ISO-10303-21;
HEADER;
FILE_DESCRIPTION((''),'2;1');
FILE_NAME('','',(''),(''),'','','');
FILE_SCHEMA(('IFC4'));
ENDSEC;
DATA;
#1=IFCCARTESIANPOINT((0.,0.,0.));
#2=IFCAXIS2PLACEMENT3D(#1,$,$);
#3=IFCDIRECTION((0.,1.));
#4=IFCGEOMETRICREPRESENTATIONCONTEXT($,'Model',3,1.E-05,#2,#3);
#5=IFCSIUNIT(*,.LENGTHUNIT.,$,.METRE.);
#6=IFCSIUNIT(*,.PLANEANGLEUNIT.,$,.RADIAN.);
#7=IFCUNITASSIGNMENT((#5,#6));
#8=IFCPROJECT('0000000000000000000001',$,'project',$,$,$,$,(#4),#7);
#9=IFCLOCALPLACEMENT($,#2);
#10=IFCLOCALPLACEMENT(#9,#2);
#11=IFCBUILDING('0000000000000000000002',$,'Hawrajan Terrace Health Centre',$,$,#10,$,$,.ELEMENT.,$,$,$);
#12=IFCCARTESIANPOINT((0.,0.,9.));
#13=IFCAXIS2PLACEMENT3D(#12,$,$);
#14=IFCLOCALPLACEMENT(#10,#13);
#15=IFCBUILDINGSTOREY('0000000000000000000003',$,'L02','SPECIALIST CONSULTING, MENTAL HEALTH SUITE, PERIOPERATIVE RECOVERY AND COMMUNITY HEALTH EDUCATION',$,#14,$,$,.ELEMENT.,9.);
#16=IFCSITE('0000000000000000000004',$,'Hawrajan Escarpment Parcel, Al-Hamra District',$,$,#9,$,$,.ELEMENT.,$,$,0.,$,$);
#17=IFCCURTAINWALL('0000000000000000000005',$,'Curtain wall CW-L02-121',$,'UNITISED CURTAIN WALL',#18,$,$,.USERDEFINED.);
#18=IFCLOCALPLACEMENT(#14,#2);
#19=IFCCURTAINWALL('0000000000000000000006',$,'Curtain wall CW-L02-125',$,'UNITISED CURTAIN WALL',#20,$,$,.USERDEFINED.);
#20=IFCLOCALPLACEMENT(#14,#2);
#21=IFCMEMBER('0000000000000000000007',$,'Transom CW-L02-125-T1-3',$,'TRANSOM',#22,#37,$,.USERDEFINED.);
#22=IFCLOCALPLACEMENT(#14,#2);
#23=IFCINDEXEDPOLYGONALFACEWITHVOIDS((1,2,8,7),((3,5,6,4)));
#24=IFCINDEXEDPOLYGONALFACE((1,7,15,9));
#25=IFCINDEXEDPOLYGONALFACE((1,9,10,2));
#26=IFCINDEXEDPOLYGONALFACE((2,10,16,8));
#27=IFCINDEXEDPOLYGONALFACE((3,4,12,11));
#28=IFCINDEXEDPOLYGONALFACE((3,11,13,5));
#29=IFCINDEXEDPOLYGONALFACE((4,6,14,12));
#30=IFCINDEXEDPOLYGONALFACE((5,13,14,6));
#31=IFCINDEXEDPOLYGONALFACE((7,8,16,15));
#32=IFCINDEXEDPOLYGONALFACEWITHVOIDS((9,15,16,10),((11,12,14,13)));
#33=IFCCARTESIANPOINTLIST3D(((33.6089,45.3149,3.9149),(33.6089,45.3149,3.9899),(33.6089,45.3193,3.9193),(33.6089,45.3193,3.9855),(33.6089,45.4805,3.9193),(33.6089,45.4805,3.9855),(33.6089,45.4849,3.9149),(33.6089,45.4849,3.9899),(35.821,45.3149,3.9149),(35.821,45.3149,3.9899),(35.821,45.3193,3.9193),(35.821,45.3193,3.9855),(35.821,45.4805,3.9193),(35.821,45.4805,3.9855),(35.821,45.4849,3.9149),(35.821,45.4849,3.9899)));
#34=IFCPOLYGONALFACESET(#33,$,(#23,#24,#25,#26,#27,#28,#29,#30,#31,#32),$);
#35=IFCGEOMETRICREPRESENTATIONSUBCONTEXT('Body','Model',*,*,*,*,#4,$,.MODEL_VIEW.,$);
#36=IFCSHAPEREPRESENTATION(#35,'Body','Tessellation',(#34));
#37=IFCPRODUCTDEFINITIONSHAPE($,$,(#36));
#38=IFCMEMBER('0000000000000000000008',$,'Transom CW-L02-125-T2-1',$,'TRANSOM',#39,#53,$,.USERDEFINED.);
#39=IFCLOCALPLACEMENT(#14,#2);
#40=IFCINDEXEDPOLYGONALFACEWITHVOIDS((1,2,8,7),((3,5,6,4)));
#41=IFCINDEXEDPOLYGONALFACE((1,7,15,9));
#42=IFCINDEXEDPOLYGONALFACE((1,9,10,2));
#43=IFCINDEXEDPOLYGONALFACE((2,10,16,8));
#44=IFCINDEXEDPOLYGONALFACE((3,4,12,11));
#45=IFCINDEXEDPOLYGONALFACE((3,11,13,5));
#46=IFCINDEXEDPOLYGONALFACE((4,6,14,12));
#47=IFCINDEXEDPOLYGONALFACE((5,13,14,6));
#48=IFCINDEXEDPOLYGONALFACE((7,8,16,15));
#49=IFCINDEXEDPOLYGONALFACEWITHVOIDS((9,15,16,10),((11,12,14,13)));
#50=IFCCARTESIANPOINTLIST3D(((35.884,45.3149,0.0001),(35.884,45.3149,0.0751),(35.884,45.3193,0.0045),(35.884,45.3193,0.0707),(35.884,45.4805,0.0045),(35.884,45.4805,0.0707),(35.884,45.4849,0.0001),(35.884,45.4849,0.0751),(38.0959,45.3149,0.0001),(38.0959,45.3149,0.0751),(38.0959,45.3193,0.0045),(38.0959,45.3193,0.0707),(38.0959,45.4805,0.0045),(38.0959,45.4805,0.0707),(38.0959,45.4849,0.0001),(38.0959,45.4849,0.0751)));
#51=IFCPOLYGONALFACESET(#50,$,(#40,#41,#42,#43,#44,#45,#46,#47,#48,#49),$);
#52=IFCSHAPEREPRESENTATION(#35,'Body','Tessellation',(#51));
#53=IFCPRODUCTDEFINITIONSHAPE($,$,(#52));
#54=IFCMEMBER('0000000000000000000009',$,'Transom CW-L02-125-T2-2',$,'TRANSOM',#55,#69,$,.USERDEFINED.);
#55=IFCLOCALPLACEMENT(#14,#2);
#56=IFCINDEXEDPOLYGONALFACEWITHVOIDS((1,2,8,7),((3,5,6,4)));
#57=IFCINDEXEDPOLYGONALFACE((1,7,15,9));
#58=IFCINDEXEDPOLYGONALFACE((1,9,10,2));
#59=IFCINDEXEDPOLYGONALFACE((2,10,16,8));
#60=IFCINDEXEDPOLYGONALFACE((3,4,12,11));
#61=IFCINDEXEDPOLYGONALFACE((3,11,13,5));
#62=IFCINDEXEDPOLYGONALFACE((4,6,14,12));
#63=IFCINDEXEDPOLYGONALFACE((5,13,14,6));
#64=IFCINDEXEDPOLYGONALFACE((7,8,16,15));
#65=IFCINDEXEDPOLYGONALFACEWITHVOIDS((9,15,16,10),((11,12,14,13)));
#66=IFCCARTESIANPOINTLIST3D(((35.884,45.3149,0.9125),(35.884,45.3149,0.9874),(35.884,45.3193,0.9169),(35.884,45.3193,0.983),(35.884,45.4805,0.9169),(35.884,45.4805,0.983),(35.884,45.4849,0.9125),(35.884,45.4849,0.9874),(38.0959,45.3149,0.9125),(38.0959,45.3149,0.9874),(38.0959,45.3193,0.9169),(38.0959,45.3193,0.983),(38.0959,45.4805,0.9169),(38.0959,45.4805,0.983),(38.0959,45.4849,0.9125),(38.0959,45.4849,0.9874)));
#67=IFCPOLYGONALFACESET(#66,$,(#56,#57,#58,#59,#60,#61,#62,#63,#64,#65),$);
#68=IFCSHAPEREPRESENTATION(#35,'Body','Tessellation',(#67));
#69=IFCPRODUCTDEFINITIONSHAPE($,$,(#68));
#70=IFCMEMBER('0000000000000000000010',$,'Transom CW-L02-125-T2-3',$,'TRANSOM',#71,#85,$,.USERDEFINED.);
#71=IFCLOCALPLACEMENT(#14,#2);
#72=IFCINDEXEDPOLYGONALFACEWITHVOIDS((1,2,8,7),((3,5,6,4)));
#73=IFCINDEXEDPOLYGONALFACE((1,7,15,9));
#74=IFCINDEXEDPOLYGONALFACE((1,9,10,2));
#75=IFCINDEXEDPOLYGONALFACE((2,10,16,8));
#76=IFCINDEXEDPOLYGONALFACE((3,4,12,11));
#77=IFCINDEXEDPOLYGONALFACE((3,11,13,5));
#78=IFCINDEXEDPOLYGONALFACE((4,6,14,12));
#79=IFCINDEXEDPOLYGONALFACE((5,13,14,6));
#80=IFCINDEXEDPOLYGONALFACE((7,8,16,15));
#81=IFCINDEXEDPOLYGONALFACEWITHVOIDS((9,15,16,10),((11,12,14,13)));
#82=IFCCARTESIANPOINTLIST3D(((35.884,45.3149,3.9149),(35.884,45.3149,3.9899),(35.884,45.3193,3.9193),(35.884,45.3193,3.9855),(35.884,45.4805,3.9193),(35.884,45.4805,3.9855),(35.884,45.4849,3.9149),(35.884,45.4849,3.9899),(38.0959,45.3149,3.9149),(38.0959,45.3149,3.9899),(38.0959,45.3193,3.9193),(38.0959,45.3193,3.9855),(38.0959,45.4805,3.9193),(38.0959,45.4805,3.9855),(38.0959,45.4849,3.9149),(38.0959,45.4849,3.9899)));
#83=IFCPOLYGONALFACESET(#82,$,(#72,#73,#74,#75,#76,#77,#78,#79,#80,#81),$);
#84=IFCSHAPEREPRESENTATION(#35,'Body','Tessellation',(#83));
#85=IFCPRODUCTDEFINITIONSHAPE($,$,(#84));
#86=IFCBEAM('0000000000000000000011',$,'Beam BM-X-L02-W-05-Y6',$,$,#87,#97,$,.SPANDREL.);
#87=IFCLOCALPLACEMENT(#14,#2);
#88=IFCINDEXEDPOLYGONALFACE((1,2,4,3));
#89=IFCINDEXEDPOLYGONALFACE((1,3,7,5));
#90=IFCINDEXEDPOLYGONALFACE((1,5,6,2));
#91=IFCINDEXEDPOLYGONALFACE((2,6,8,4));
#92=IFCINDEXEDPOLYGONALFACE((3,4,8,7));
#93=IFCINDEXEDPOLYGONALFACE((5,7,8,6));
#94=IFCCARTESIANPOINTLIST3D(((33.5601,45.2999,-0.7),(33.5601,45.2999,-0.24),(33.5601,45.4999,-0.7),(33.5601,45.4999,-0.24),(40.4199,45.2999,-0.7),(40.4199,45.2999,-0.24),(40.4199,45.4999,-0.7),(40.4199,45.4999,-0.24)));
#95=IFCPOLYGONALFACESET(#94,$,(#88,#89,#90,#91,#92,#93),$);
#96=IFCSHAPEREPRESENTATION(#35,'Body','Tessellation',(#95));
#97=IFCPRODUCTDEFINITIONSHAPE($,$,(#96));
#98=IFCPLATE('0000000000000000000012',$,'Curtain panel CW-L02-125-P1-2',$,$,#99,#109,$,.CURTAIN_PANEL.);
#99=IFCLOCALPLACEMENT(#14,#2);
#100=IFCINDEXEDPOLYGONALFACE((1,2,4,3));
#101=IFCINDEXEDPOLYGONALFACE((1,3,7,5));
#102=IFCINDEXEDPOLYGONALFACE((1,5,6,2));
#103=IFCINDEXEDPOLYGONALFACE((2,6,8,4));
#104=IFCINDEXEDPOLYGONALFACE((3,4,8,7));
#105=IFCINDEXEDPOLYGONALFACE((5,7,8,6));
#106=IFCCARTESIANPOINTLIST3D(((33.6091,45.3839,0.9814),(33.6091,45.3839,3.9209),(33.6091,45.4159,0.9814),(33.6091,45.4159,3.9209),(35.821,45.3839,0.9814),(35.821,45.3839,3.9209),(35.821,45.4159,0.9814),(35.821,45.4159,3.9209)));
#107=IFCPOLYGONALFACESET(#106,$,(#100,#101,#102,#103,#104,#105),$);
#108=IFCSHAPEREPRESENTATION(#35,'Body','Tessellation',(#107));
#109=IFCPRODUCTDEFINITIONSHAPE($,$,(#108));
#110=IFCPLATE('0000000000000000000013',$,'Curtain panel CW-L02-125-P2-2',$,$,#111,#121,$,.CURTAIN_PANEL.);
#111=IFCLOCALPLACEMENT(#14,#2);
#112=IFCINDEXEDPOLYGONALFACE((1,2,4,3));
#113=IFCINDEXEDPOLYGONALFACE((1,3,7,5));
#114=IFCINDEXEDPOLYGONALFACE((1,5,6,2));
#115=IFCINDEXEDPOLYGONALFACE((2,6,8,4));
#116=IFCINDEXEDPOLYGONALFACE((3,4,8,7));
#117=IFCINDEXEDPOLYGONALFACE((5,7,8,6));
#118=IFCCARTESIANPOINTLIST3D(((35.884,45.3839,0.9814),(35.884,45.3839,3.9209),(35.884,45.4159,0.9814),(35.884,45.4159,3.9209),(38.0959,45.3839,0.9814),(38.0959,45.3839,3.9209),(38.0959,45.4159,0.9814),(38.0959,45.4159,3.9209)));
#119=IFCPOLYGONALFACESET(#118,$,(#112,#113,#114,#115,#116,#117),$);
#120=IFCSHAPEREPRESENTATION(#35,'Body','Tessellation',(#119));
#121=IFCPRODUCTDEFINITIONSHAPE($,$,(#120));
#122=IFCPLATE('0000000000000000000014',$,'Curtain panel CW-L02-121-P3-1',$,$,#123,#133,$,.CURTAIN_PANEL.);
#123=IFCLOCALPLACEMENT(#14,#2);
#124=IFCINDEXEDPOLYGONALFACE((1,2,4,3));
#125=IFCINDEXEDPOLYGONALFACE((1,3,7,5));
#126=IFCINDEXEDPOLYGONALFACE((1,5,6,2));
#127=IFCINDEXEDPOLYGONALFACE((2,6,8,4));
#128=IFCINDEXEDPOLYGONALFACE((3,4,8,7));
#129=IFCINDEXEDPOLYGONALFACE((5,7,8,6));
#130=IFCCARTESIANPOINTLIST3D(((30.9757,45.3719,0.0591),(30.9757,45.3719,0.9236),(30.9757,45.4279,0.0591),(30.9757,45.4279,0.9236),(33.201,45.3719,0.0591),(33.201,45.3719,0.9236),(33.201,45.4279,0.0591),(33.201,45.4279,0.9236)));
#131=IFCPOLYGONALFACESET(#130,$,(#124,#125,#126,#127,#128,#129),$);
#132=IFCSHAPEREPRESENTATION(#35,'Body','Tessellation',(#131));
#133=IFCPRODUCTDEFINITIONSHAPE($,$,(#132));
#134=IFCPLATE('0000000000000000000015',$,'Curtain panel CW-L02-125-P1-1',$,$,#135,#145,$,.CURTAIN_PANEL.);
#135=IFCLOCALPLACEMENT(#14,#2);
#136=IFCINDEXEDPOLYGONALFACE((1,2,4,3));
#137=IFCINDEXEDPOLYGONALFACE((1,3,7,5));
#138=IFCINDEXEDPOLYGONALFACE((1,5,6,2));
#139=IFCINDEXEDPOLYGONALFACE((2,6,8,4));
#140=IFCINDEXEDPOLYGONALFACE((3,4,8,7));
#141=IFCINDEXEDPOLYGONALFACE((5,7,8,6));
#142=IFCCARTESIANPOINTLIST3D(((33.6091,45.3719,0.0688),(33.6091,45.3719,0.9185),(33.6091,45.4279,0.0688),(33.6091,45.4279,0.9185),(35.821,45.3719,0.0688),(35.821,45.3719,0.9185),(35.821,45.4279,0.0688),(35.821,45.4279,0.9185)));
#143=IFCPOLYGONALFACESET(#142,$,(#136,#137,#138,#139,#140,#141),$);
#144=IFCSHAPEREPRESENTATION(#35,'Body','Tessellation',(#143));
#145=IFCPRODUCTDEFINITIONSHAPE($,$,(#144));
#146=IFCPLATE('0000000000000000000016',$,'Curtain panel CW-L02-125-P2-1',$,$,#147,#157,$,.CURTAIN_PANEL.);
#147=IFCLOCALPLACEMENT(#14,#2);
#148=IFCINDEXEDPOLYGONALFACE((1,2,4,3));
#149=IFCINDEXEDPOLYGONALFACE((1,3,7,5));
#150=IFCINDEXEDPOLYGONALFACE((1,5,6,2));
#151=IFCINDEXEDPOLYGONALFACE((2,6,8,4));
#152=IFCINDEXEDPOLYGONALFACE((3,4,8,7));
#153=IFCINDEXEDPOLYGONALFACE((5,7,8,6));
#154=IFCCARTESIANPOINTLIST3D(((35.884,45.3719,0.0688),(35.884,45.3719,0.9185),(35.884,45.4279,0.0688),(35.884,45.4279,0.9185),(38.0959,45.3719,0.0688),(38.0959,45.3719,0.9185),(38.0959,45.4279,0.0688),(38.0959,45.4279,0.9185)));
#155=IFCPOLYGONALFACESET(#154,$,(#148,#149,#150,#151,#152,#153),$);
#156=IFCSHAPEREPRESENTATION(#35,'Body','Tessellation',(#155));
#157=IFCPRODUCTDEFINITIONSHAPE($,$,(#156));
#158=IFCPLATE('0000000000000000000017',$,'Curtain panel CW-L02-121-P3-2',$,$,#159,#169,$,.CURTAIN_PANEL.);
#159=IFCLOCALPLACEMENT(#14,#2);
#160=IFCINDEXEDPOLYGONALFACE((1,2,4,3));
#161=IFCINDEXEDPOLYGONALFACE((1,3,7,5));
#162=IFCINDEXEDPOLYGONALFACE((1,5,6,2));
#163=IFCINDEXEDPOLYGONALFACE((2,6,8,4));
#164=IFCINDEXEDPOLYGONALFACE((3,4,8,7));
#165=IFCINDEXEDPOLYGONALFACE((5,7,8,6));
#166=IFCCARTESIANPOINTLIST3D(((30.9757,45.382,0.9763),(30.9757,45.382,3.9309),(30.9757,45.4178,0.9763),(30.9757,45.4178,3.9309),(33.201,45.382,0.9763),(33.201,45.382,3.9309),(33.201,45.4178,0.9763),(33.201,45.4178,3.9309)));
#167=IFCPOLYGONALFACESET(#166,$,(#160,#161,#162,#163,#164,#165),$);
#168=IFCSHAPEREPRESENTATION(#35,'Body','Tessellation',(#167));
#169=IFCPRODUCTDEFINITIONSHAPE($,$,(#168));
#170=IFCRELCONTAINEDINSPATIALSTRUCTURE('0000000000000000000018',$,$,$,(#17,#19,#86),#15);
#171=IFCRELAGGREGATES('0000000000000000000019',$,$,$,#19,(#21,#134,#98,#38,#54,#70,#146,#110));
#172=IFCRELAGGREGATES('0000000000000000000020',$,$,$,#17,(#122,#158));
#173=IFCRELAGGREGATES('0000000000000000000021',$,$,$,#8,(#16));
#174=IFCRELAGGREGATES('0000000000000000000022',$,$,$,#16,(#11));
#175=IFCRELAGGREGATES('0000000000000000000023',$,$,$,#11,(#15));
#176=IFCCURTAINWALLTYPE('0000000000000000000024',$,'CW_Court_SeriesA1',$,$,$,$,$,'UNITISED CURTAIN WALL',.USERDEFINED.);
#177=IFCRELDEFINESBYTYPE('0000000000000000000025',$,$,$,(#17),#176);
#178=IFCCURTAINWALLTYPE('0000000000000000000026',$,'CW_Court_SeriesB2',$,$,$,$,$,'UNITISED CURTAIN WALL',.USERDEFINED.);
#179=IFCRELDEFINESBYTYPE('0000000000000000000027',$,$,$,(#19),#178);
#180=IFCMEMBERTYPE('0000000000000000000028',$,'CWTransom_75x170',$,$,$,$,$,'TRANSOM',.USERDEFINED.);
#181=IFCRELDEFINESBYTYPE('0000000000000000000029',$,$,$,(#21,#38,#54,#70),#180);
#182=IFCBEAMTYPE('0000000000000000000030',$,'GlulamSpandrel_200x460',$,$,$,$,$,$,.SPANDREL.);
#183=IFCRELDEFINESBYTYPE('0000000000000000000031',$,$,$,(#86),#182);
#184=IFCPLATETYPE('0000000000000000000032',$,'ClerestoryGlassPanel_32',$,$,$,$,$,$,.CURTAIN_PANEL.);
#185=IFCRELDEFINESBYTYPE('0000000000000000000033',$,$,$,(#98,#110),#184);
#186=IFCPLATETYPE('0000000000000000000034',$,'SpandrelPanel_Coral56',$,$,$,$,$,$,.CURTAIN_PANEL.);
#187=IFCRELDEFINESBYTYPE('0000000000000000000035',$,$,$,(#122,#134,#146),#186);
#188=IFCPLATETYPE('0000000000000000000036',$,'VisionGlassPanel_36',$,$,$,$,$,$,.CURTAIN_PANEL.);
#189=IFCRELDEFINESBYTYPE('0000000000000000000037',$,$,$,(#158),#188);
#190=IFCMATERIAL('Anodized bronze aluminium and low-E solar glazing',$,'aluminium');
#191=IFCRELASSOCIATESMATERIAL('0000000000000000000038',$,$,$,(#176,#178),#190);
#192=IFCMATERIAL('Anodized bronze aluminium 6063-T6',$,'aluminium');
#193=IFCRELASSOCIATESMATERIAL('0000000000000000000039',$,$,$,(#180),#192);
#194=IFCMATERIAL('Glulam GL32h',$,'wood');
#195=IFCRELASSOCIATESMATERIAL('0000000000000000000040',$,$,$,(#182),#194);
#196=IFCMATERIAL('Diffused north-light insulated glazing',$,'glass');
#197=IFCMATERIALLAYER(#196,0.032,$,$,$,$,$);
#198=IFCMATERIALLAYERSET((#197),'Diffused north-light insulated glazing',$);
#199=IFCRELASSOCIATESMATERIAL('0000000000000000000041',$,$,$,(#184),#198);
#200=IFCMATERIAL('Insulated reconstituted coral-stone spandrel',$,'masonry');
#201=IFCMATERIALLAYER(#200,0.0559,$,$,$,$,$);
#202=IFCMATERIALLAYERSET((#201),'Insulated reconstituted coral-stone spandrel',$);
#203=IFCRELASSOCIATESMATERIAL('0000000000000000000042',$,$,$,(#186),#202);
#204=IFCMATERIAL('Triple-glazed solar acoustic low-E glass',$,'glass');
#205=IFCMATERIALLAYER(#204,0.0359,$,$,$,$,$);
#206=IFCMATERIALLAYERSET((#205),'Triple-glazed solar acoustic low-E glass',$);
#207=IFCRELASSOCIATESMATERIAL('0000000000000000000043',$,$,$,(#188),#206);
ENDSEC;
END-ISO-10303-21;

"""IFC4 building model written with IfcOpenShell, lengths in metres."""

from ifc_helpers import new_model, si_unit, direction, frame, origin, origin_2d, place, context, subcontext, project, spatial, rectangle, hollow_rectangle, extrude, material, layer, layer_set, material_profile, profile_set, type_object, element, aggregate, save


model = new_model("IFC4")

# Units and contexts
model_context = context("Model", 3, precision=1e-05, world=origin(), true_north=direction((0.0, 1.0)))
body_context = subcontext(model_context, "Body", "Model", "MODEL_VIEW")
ifc_project = project(units=[si_unit("LENGTHUNIT", "METRE"), si_unit("PLANEANGLEUNIT", "RADIAN")], contexts=[model_context])

# Site, building, storey
site_placement = place(None, origin())
site = spatial("IfcSite", under=ifc_project, at=site_placement, Name="Hawrajan Escarpment Parcel, Al-Hamra District", CompositionType="ELEMENT", RefElevation=0.0)
building_placement = place(site_placement, origin())
building = spatial("IfcBuilding", under=site, at=building_placement, Name="Hawrajan Terrace Health Centre", CompositionType="ELEMENT")
storey_placement = place(building_placement, frame((0.0, 0.0, 9.0)))
storey = spatial("IfcBuildingStorey", under=building, at=storey_placement, Name="L02", Description="SPECIALIST CONSULTING, MENTAL HEALTH SUITE, PERIOPERATIVE RECOVERY AND COMMUNITY HEALTH EDUCATION", CompositionType="ELEMENT", Elevation=9.0)

# Shared definitions
ifc_material_1 = material(Name="Glulam GL32h", Category="wood")

# Curtain wall
ifc_material_2 = material(Name="Anodized bronze aluminium and low-E solar glazing", Category="aluminium")
curtain_wall_type_1 = type_object("IfcCurtainWallType", Name="CW_Court_SeriesA1", ElementType="UNITISED CURTAIN WALL", PredefinedType="USERDEFINED", material=ifc_material_2)
curtain_wall_1_placement = place(storey_placement, origin())
curtain_wall_1 = element("IfcCurtainWall", 1, at=curtain_wall_1_placement, inside=storey, type_object=curtain_wall_type_1, Name="Curtain wall CW-L02-121", ObjectType="UNITISED CURTAIN WALL", PredefinedType="USERDEFINED")
ifc_material_3 = material(Name="Anodized bronze aluminium 6063-T6", Category="aluminium")

# Curtain wall
curtain_wall_type_2 = type_object("IfcCurtainWallType", Name="CW_Court_SeriesB2", ElementType="UNITISED CURTAIN WALL", PredefinedType="USERDEFINED", material=ifc_material_2)
curtain_wall_2_placement = place(storey_placement, origin())
curtain_wall_2 = element("IfcCurtainWall", 2, at=curtain_wall_2_placement, inside=storey, type_object=curtain_wall_type_2, Name="Curtain wall CW-L02-125", ObjectType="UNITISED CURTAIN WALL", PredefinedType="USERDEFINED")

# Members
ifc_material_profile_1 = material_profile(ifc_material_3, hollow_rectangle(XDim=0.075, YDim=0.1699, WallThickness=0.0044, at=origin_2d()), Name="CW TRN 75x170")
ifc_profile_set_1 = profile_set([ifc_material_profile_1], Name="Anodized bronze aluminium 6063-T6")
member_type_1 = type_object("IfcMemberType", Name="CWTransom_75x170", ElementType="TRANSOM", PredefinedType="USERDEFINED", material=ifc_profile_set_1)
member_1_placement = place(storey_placement, frame((33.6089, 45.3999, 3.9524), z_axis=(1.0, 0.0, 0.0), x_axis=(0.0, 0.0, 1.0)))
member_1 = element("IfcMember", 3, at=member_1_placement, type_object=member_type_1, Name="Transom CW-L02-125-T1-3", ObjectType="TRANSOM", PredefinedType="USERDEFINED", context=body_context, shape_type="SweptSolid", body=[
    extrude(hollow_rectangle(XDim=0.075, YDim=0.1699, WallThickness=0.0044, at=origin_2d()), origin(), (0.0, 0.0, 1.0), 2.2122),
])
member_2_placement = place(storey_placement, frame((35.884, 45.3999, 0.0376), z_axis=(1.0, 0.0, 0.0), x_axis=(0.0, 0.0, 1.0)))
member_2 = element("IfcMember", 4, at=member_2_placement, type_object=member_type_1, Name="Transom CW-L02-125-T2-1", ObjectType="TRANSOM", PredefinedType="USERDEFINED", context=body_context, shape_type="SweptSolid", body=[
    extrude(hollow_rectangle(XDim=0.075, YDim=0.1699, WallThickness=0.0044, at=origin_2d()), origin(), (0.0, 0.0, 1.0), 2.2119),
])
member_3_placement = place(storey_placement, frame((35.884, 45.3999, 0.95), z_axis=(1.0, 0.0, 0.0), x_axis=(0.0, 0.0, 1.0)))
member_3 = element("IfcMember", 5, at=member_3_placement, type_object=member_type_1, Name="Transom CW-L02-125-T2-2", ObjectType="TRANSOM", PredefinedType="USERDEFINED", context=body_context, shape_type="SweptSolid", body=[
    extrude(hollow_rectangle(XDim=0.075, YDim=0.1699, WallThickness=0.0044, at=origin_2d()), origin(), (0.0, 0.0, 1.0), 2.2119),
])
member_4_placement = place(storey_placement, frame((35.884, 45.3999, 3.9524), z_axis=(1.0, 0.0, 0.0), x_axis=(0.0, 0.0, 1.0)))
member_4 = element("IfcMember", 6, at=member_4_placement, type_object=member_type_1, Name="Transom CW-L02-125-T2-3", ObjectType="TRANSOM", PredefinedType="USERDEFINED", context=body_context, shape_type="SweptSolid", body=[
    extrude(hollow_rectangle(XDim=0.075, YDim=0.1699, WallThickness=0.0044, at=origin_2d()), origin(), (0.0, 0.0, 1.0), 2.2119),
])

# Beam
ifc_material_profile_2 = material_profile(ifc_material_1, rectangle(XDim=0.2, YDim=0.46, at=origin_2d()), Name="GL SP 200x460")
ifc_profile_set_2 = profile_set([ifc_material_profile_2], Name="Glulam GL32h")
beam_type = type_object("IfcBeamType", Name="GlulamSpandrel_200x460", PredefinedType="SPANDREL", material=ifc_profile_set_2)
beam_placement = place(storey_placement, frame((33.5601, 45.3999, -0.47), z_axis=(1.0, 0.0, 0.0), x_axis=(0.0, 1.0, 0.0)))
element("IfcBeam", 7, at=beam_placement, inside=storey, type_object=beam_type, Name="Beam BM-X-L02-W-05-Y6", PredefinedType="SPANDREL", context=body_context, shape_type="SweptSolid", body=[
    extrude(rectangle(XDim=0.2, YDim=0.46, at=origin_2d()), origin(), (0.0, 0.0, 1.0), 6.8599),
])

# Plates
ifc_material_4 = material(Name="Diffused north-light insulated glazing", Category="glass")
ifc_layer_1 = layer(ifc_material_4, 0.032)
ifc_layer_set_1 = layer_set([ifc_layer_1], Name="Diffused north-light insulated glazing")
plate_type_1 = type_object("IfcPlateType", Name="ClerestoryGlassPanel_32", PredefinedType="CURTAIN_PANEL", material=ifc_layer_set_1)
plate_1_placement = place(storey_placement, frame((34.7151, 45.3999, 0.9814), z_axis=(0.0, 0.0, 1.0), x_axis=(1.0, 0.0, 0.0)))
plate_1 = element("IfcPlate", 8, at=plate_1_placement, type_object=plate_type_1, Name="Curtain panel CW-L02-125-P1-2", PredefinedType="CURTAIN_PANEL", context=body_context, shape_type="SweptSolid", body=[
    extrude(rectangle(XDim=2.2119, YDim=0.032, at=origin_2d()), origin(), (0.0, 0.0, 1.0), 2.9395),
])
plate_2_placement = place(storey_placement, frame((36.99, 45.3999, 0.9814), z_axis=(0.0, 0.0, 1.0), x_axis=(1.0, 0.0, 0.0)))
plate_2 = element("IfcPlate", 9, at=plate_2_placement, type_object=plate_type_1, Name="Curtain panel CW-L02-125-P2-2", PredefinedType="CURTAIN_PANEL", context=body_context, shape_type="SweptSolid", body=[
    extrude(rectangle(XDim=2.2119, YDim=0.032, at=origin_2d()), origin(), (0.0, 0.0, 1.0), 2.9395),
])
ifc_material_5 = material(Name="Insulated reconstituted coral-stone spandrel", Category="masonry")
ifc_layer_2 = layer(ifc_material_5, 0.0559)
ifc_layer_set_2 = layer_set([ifc_layer_2], Name="Insulated reconstituted coral-stone spandrel")
plate_type_2 = type_object("IfcPlateType", Name="SpandrelPanel_Coral56", PredefinedType="CURTAIN_PANEL", material=ifc_layer_set_2)
plate_3_placement = place(storey_placement, frame((32.0884, 45.3999, 0.0591), z_axis=(0.0, 0.0, 1.0), x_axis=(1.0, 0.0, 0.0)))
plate_3 = element("IfcPlate", 10, at=plate_3_placement, type_object=plate_type_2, Name="Curtain panel CW-L02-121-P3-1", PredefinedType="CURTAIN_PANEL", context=body_context, shape_type="SweptSolid", body=[
    extrude(rectangle(XDim=2.2253, YDim=0.0559, at=origin_2d()), origin(), (0.0, 0.0, 1.0), 0.8645),
])
plate_4_placement = place(storey_placement, frame((34.7151, 45.3999, 0.0688), z_axis=(0.0, 0.0, 1.0), x_axis=(1.0, 0.0, 0.0)))
plate_4 = element("IfcPlate", 11, at=plate_4_placement, type_object=plate_type_2, Name="Curtain panel CW-L02-125-P1-1", PredefinedType="CURTAIN_PANEL", context=body_context, shape_type="SweptSolid", body=[
    extrude(rectangle(XDim=2.2119, YDim=0.0559, at=origin_2d()), origin(), (0.0, 0.0, 1.0), 0.8496),
])
plate_5_placement = place(storey_placement, frame((36.99, 45.3999, 0.0688), z_axis=(0.0, 0.0, 1.0), x_axis=(1.0, 0.0, 0.0)))
plate_5 = element("IfcPlate", 12, at=plate_5_placement, type_object=plate_type_2, Name="Curtain panel CW-L02-125-P2-1", PredefinedType="CURTAIN_PANEL", context=body_context, shape_type="SweptSolid", body=[
    extrude(rectangle(XDim=2.2119, YDim=0.0559, at=origin_2d()), origin(), (0.0, 0.0, 1.0), 0.8496),
])
aggregate(curtain_wall_2, [member_1, plate_4, plate_1, member_2, member_3, member_4, plate_5, plate_2])
ifc_material_6 = material(Name="Triple-glazed solar acoustic low-E glass", Category="glass")
ifc_layer_3 = layer(ifc_material_6, 0.0359)
ifc_layer_set_3 = layer_set([ifc_layer_3], Name="Triple-glazed solar acoustic low-E glass")
plate_type_3 = type_object("IfcPlateType", Name="VisionGlassPanel_36", PredefinedType="CURTAIN_PANEL", material=ifc_layer_set_3)
plate_6_placement = place(storey_placement, frame((32.0884, 45.3999, 0.9763), z_axis=(0.0, 0.0, 1.0), x_axis=(1.0, 0.0, 0.0)))
plate_6 = element("IfcPlate", 13, at=plate_6_placement, type_object=plate_type_3, Name="Curtain panel CW-L02-121-P3-2", PredefinedType="CURTAIN_PANEL", context=body_context, shape_type="SweptSolid", body=[
    extrude(rectangle(XDim=2.2253, YDim=0.0359, at=origin_2d()), origin(), (0.0, 0.0, 1.0), 2.9546),
])
aggregate(curtain_wall_1, [plate_3, plate_6])

save(model, "model.ifc")
